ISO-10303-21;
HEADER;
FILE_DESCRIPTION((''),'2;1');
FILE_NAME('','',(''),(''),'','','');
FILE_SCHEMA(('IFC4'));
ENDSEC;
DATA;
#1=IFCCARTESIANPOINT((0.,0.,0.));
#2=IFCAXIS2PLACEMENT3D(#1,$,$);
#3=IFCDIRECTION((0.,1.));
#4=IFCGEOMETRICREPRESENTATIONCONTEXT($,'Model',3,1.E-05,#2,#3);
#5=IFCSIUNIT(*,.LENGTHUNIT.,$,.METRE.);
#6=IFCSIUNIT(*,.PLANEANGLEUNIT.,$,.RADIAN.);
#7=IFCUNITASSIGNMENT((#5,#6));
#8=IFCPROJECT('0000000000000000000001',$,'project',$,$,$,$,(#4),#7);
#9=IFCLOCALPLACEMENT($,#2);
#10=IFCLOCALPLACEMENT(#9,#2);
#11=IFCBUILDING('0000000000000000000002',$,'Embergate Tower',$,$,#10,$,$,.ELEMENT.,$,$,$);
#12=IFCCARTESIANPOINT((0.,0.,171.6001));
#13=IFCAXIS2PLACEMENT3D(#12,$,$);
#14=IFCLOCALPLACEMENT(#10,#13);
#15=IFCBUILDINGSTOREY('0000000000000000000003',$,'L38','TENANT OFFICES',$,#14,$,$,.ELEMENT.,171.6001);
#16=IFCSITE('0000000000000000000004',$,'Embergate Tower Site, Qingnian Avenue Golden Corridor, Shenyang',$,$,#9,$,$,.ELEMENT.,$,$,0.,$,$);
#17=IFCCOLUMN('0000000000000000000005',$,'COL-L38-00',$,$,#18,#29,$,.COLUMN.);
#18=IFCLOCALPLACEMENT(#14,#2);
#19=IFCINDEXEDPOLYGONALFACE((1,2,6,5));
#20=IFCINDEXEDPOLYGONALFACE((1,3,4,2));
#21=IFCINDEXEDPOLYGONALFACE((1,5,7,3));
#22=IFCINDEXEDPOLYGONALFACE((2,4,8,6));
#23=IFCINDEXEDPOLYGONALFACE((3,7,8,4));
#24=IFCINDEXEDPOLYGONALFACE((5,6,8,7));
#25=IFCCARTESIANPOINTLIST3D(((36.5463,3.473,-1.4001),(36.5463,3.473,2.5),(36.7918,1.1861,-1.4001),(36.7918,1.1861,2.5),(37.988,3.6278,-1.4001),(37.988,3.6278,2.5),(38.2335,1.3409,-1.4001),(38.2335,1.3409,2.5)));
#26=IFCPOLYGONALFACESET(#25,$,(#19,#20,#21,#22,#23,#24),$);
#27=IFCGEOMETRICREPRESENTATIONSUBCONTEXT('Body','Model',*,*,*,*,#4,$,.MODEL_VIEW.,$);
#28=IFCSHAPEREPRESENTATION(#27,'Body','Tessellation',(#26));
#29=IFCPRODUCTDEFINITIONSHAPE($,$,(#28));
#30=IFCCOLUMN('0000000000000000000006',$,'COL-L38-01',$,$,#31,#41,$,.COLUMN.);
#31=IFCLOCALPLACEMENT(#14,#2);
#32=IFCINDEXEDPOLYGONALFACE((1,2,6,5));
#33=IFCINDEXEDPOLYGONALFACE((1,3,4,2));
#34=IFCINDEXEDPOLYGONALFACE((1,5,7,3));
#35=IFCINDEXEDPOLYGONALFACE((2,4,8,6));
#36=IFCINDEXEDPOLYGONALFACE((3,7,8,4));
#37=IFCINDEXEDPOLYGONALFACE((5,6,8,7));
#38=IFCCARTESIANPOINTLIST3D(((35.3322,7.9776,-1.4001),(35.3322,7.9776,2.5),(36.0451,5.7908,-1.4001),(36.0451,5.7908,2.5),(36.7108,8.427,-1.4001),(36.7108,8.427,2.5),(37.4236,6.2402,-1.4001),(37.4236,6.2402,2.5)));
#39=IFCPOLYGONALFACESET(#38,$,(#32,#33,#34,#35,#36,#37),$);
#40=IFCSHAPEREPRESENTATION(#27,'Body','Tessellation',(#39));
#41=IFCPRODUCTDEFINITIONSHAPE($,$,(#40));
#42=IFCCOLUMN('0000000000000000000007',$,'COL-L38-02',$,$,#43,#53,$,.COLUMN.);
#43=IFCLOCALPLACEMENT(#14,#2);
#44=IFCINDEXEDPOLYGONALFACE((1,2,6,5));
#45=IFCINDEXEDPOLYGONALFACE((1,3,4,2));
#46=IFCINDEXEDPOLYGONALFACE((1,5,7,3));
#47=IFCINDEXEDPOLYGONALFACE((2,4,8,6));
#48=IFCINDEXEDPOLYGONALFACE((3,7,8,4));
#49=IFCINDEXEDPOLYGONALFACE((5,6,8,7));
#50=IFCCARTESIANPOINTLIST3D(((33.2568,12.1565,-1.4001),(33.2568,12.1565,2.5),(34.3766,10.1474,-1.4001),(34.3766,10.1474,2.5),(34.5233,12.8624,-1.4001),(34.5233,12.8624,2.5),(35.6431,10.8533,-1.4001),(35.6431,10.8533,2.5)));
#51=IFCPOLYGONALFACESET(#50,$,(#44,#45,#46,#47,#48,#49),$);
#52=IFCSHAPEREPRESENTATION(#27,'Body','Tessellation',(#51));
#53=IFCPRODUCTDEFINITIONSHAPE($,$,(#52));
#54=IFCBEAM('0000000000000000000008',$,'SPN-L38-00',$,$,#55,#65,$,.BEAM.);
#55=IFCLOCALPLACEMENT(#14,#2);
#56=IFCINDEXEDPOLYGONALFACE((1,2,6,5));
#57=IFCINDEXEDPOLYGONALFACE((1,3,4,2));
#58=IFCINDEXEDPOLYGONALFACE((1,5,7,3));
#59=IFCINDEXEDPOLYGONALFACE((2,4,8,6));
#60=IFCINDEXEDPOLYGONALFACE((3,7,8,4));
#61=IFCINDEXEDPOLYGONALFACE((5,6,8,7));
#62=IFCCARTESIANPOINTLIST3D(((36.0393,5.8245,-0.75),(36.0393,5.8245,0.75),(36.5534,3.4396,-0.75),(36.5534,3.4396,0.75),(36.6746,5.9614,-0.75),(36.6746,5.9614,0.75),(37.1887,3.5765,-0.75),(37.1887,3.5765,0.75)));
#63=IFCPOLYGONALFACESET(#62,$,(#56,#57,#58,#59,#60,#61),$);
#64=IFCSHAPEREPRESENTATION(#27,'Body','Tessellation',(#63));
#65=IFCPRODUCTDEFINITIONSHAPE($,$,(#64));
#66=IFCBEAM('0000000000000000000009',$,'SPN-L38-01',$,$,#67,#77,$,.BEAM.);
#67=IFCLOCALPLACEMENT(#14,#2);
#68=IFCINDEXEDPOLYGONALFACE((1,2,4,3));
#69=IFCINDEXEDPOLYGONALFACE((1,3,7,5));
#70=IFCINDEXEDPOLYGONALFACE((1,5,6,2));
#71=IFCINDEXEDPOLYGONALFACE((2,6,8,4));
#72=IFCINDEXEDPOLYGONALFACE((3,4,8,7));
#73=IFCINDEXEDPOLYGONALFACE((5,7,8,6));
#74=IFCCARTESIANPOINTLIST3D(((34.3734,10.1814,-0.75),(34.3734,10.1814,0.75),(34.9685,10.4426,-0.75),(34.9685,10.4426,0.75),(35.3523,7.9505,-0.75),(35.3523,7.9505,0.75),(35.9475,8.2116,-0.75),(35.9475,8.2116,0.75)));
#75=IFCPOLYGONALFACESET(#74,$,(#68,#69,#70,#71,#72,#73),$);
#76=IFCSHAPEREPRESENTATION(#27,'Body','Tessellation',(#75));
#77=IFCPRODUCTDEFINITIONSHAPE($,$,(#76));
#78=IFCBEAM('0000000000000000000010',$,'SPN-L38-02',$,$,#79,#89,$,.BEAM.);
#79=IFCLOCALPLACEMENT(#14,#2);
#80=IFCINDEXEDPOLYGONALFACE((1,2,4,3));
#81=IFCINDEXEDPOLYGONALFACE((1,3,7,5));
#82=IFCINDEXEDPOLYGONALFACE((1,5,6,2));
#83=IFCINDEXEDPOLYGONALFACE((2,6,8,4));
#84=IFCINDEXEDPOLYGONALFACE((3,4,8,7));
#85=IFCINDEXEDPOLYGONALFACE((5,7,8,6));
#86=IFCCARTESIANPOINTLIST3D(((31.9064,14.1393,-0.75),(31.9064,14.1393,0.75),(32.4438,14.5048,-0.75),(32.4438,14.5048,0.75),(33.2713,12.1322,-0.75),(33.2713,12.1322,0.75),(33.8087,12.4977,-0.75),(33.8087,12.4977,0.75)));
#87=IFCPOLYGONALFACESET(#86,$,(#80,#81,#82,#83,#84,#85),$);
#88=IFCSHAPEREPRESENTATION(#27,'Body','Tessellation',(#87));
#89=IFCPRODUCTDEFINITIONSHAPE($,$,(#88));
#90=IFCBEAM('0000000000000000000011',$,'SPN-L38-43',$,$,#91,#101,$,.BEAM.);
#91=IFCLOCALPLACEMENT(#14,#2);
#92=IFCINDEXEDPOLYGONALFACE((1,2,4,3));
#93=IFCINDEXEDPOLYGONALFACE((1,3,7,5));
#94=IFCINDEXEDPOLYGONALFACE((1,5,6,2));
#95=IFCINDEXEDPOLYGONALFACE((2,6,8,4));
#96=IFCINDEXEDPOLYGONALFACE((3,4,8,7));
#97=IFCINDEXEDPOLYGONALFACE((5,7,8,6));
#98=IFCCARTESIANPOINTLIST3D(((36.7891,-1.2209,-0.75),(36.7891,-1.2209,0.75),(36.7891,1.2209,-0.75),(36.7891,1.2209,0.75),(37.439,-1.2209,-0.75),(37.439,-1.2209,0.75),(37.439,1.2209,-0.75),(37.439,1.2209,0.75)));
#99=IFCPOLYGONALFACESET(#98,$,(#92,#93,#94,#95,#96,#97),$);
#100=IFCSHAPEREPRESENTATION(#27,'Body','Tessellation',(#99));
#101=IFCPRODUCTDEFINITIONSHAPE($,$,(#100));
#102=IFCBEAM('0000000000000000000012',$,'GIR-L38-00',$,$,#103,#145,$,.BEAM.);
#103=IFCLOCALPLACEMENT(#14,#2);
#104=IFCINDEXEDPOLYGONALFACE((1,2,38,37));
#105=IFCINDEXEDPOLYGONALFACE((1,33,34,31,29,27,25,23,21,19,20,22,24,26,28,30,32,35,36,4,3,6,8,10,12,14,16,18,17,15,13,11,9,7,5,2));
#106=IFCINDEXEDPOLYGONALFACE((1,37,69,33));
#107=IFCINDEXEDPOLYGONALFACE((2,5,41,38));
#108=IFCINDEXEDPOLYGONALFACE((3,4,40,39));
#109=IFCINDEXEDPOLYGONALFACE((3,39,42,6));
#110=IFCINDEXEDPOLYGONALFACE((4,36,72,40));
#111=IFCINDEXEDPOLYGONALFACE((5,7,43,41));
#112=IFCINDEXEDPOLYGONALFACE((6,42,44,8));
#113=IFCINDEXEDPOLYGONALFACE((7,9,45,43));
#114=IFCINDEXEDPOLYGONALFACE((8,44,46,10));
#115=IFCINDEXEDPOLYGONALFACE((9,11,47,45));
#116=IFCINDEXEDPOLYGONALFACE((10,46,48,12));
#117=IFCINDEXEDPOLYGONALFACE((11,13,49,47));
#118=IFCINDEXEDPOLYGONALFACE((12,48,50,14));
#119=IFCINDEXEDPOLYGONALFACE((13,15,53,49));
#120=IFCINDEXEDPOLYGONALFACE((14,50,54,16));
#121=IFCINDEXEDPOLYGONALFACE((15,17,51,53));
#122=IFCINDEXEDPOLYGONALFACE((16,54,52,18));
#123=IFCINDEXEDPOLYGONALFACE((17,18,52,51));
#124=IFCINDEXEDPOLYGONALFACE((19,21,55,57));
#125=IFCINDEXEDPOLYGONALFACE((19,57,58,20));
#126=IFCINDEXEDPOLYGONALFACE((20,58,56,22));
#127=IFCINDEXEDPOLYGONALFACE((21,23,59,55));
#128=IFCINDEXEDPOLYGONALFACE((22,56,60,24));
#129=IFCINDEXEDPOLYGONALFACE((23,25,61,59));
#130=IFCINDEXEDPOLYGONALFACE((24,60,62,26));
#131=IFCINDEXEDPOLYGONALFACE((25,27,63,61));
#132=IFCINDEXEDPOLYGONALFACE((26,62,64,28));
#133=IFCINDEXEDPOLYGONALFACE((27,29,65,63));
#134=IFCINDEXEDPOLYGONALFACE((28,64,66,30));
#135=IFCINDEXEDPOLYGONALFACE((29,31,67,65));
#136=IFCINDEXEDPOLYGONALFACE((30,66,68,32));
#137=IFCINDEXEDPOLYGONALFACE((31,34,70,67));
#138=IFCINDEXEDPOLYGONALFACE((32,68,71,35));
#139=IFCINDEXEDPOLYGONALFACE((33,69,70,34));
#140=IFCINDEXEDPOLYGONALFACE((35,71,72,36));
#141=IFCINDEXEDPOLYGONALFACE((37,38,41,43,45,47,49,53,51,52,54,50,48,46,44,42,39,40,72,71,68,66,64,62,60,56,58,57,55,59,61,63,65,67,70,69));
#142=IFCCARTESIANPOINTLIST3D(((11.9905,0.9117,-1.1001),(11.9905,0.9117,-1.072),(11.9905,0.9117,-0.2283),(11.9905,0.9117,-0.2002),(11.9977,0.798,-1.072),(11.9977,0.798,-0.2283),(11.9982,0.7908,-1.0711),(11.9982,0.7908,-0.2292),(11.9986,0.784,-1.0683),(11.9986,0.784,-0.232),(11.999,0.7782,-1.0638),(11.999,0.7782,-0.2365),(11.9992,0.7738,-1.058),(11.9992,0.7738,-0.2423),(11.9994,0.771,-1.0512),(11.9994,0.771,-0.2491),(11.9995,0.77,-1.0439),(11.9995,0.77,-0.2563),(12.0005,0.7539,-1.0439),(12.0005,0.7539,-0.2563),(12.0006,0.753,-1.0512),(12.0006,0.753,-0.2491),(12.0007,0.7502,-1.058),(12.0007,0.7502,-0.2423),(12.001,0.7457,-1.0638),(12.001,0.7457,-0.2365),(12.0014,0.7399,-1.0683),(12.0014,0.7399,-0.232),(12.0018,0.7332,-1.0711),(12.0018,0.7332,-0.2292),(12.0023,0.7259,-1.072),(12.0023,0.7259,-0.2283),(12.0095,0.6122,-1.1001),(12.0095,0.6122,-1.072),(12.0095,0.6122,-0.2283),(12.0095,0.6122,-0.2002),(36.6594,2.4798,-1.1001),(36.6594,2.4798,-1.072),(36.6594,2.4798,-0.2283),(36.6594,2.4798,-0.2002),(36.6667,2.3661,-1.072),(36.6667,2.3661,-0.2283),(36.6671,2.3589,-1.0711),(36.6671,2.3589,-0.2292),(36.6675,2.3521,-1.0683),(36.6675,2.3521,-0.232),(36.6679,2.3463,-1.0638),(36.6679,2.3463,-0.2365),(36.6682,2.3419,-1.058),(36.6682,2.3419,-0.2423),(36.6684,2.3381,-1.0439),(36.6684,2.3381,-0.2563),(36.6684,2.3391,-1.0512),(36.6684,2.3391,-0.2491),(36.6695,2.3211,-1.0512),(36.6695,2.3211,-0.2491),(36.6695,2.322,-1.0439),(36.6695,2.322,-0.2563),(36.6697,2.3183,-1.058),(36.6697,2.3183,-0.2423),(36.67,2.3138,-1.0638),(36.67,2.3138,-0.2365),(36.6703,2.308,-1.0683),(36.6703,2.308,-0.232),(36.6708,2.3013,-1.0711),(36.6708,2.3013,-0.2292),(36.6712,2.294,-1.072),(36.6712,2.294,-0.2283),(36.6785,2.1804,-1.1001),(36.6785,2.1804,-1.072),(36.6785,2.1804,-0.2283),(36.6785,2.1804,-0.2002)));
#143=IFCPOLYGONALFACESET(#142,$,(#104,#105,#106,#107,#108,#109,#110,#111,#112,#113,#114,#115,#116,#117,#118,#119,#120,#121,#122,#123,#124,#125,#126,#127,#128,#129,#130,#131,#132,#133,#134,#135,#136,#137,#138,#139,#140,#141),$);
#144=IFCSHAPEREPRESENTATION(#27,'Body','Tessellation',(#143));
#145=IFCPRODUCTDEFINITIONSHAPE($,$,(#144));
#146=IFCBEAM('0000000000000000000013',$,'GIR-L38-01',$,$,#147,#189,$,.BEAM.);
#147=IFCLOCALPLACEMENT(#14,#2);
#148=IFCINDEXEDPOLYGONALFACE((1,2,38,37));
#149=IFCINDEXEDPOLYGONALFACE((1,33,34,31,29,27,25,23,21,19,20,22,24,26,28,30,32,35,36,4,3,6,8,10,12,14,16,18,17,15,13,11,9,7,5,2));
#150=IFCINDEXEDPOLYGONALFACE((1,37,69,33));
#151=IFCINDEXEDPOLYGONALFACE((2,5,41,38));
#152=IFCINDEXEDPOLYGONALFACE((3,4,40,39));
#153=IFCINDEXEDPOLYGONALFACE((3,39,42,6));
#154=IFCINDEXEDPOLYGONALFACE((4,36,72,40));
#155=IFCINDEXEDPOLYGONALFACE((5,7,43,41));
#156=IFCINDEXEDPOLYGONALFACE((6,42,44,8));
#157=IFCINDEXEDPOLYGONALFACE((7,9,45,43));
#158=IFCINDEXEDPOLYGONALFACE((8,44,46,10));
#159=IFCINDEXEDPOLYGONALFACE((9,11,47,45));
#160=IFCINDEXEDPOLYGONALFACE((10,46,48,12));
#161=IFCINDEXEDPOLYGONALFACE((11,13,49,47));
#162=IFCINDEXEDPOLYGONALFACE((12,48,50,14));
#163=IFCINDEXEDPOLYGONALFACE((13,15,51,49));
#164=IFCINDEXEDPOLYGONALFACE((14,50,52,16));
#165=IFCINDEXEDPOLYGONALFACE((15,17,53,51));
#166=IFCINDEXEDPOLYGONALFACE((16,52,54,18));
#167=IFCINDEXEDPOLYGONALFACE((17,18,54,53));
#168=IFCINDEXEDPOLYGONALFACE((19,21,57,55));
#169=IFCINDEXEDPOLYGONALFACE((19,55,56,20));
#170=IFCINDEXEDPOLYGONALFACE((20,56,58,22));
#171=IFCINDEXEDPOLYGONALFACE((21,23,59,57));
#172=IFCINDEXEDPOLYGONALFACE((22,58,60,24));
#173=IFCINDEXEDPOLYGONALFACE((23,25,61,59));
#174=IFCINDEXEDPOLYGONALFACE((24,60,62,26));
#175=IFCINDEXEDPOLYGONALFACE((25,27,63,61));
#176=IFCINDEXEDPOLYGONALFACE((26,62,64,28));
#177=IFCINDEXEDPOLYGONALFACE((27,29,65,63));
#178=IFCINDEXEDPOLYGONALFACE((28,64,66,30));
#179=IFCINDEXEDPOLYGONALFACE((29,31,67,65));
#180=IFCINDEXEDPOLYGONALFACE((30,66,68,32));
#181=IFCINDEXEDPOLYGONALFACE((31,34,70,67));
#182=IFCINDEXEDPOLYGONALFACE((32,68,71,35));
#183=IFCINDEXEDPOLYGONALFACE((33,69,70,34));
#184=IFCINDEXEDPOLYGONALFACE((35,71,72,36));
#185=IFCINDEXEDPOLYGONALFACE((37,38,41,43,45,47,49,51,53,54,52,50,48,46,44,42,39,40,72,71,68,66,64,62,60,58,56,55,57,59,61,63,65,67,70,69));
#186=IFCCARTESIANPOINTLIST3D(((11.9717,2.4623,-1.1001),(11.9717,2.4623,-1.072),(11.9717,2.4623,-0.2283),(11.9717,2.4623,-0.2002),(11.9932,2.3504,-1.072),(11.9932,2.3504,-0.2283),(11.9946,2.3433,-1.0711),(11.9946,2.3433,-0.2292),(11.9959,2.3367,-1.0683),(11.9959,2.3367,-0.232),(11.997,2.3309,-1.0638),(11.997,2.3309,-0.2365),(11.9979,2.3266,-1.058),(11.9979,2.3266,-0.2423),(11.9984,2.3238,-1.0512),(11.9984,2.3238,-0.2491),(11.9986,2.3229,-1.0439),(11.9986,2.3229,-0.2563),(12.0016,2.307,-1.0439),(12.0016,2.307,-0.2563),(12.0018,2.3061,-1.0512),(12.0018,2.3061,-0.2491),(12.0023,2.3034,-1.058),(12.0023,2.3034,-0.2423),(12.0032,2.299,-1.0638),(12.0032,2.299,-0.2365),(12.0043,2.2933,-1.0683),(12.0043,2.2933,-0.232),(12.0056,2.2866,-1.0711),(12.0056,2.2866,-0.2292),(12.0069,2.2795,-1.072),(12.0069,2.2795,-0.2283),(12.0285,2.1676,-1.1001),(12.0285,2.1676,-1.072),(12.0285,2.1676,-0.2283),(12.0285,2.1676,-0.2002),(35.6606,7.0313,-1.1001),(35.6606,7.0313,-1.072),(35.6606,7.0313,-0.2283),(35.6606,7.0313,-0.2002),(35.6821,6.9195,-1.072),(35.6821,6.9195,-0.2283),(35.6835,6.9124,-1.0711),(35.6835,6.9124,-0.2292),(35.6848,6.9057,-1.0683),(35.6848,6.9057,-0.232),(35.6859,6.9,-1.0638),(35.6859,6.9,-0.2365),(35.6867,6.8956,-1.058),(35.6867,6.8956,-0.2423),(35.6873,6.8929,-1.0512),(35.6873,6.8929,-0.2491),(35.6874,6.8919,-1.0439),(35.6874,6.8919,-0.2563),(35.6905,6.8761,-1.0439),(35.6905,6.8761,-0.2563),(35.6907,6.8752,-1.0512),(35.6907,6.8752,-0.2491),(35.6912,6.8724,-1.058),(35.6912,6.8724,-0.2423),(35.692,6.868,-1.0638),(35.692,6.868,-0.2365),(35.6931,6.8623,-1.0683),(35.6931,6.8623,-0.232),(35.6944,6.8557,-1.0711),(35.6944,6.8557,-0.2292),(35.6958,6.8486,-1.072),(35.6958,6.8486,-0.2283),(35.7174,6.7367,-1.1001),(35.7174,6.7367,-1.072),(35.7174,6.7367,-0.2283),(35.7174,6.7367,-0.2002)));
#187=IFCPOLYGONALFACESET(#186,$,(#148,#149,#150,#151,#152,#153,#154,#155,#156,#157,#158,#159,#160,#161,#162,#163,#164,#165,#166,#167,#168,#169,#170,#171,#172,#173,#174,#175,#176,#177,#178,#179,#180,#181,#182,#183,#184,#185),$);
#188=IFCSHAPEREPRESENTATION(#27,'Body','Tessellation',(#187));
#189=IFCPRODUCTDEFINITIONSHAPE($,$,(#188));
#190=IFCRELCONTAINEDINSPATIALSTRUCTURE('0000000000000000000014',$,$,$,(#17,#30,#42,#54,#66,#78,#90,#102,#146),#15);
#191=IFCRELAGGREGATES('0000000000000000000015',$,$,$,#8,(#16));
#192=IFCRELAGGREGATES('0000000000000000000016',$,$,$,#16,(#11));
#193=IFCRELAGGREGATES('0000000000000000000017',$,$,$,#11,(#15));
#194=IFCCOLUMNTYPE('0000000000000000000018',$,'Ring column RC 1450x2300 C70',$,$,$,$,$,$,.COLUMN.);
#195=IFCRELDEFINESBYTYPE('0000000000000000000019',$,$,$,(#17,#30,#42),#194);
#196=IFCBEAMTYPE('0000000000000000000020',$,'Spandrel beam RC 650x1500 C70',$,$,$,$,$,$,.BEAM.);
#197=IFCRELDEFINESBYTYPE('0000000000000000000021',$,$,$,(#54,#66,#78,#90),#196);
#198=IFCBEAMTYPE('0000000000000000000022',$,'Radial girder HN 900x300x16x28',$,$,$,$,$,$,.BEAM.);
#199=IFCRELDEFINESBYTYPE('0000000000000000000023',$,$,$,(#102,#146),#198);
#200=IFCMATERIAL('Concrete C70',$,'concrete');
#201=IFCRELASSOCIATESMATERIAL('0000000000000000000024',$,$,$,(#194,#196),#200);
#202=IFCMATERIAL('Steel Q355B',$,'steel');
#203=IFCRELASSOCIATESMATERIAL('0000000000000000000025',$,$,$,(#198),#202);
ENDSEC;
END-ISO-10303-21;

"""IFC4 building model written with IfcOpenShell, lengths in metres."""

from ifc_helpers import new_model, si_unit, direction, frame, origin, origin_2d, place, context, subcontext, project, spatial, rectangle, i_section, extrude, source, transform, mapped, material, material_profile, profile_set, type_object, element, save


model = new_model("IFC4")

# Units and contexts
model_context = context("Model", 3, precision=1e-05, world=origin(), true_north=direction((0.0, 1.0)))
body_context = subcontext(model_context, "Body", "Model", "MODEL_VIEW")
ifc_project = project(units=[si_unit("LENGTHUNIT", "METRE"), si_unit("PLANEANGLEUNIT", "RADIAN")], contexts=[model_context])

# Site, building, storey
site_placement = place(None, origin())
site = spatial("IfcSite", under=ifc_project, at=site_placement, Name="Embergate Tower Site, Qingnian Avenue Golden Corridor, Shenyang", CompositionType="ELEMENT", RefElevation=0.0)
building_placement = place(site_placement, origin())
building = spatial("IfcBuilding", under=site, at=building_placement, Name="Embergate Tower", CompositionType="ELEMENT")
storey_placement = place(building_placement, frame((0.0, 0.0, 171.6001)))
storey = spatial("IfcBuildingStorey", under=building, at=storey_placement, Name="L38", Description="TENANT OFFICES", CompositionType="ELEMENT", Elevation=171.6001)

# Columns
ifc_material_1 = material(Name="Concrete C70", Category="concrete")
ifc_material_profile_1 = material_profile(ifc_material_1, rectangle(XDim=1.45, YDim=2.3, at=origin_2d()), Name="RC 1450x2300")
ifc_profile_set_1 = profile_set([ifc_material_profile_1], Name="Concrete C70")
column_type = type_object("IfcColumnType", Name="Ring column RC 1450x2300 C70", PredefinedType="COLUMN", material=ifc_profile_set_1)
shared_shape_1 = source(origin(), body_context, "Body", "SweptSolid", [
    extrude(rectangle(XDim=1.45, YDim=2.3, at=origin_2d()), origin(), (0.0, 0.0, 1.0), 3.9001),
])
for number, where, z_axis, x_axis, name in (
    (1, (37.3899, 2.407, -1.4001), (0.0, 0.0, 1.0), (0.994286, 0.10675, 0.0), "COL-L38-00"),
    (2, (36.3779, 7.1089, -1.4001), (0.0, 0.0, 1.0), (0.950754, 0.309946, 0.0), "COL-L38-01"),
    (3, (34.45, 11.5049, -1.4001), (0.0, 0.0, 1.0), (0.873492, 0.486839, 0.0), "COL-L38-02"),
):
    element("IfcColumn", number, at=place(storey_placement, frame(where, z_axis=z_axis, x_axis=x_axis)), inside=storey, type_object=column_type, Name=name, PredefinedType="COLUMN", context=body_context, shape_type="MappedRepresentation", body=[
        mapped(shared_shape_1, transform((0.0, 0.0, 0.0))),
    ])

# Beams
ifc_material_profile_2 = material_profile(ifc_material_1, rectangle(XDim=0.6499, YDim=1.5, at=origin_2d()), Name="RC 650x1500")
ifc_profile_set_2 = profile_set([ifc_material_profile_2], Name="Concrete C70")
beam_type_1 = type_object("IfcBeamType", Name="Spandrel beam RC 650x1500 C70", PredefinedType="BEAM", material=ifc_profile_set_2)
shared_shape_2 = source(origin(), body_context, "Body", "SweptSolid", [
    extrude(rectangle(XDim=0.6499, YDim=1.5, at=origin_2d()), origin(), (0.0, 0.0, 1.0), 2.4397),
])
beam_1_placement = place(storey_placement, frame((36.8711, 3.5081, 0.0), z_axis=(-0.210739, 0.977542, 0.0), x_axis=(-0.977542, -0.210739, 0.0)))
element("IfcBeam", 4, at=beam_1_placement, inside=storey, type_object=beam_type_1, Name="SPN-L38-00", PredefinedType="BEAM", context=body_context, shape_type="MappedRepresentation", body=[
    mapped(shared_shape_2, transform((0.0, 0.0, 0.0))),
])
shared_shape_3 = source(origin(), body_context, "Body", "SweptSolid", [
    extrude(rectangle(XDim=0.6499, YDim=1.5, at=origin_2d()), origin(), (0.0, 0.0, 1.0), 2.4363),
])
beam_2_placement = place(storey_placement, frame((35.6499, 8.0811, 0.0), z_axis=(-0.401838, 0.915711, 0.0), x_axis=(-0.915711, -0.401838, 0.0)))
element("IfcBeam", 5, at=beam_2_placement, inside=storey, type_object=beam_type_1, Name="SPN-L38-01", PredefinedType="BEAM", context=body_context, shape_type="MappedRepresentation", body=[
    mapped(shared_shape_3, transform((0.0, 0.0, 0.0))),
])
shared_shape_4 = source(origin(), body_context, "Body", "SweptSolid", [
    extrude(rectangle(XDim=0.6499, YDim=1.5, at=origin_2d()), origin(), (0.0, 0.0, 1.0), 2.4272),
])
beam_3_placement = place(storey_placement, frame((33.54, 12.3149, 0.0), z_axis=(-0.56236, 0.826893, 0.0), x_axis=(-0.826893, -0.56236, 0.0)))
element("IfcBeam", 6, at=beam_3_placement, inside=storey, type_object=beam_type_1, Name="SPN-L38-02", PredefinedType="BEAM", context=body_context, shape_type="MappedRepresentation", body=[
    mapped(shared_shape_4, transform((0.0, 0.0, 0.0))),
])
shared_shape_5 = source(origin(), body_context, "Body", "SweptSolid", [
    extrude(rectangle(XDim=0.6499, YDim=1.5, at=origin_2d()), origin(), (0.0, 0.0, 1.0), 2.4419),
])
beam_4_placement = place(storey_placement, frame((37.114, -1.2209, 0.0), z_axis=(0.0, 1.0, 0.0), x_axis=(-1.0, 0.0, 0.0)))
element("IfcBeam", 7, at=beam_4_placement, inside=storey, type_object=beam_type_1, Name="SPN-L38-43", PredefinedType="BEAM", context=body_context, shape_type="MappedRepresentation", body=[
    mapped(shared_shape_5, transform((0.0, 0.0, 0.0))),
])
ifc_material_2 = material(Name="Steel Q355B", Category="steel")
ifc_material_profile_3 = material_profile(ifc_material_2, i_section(OverallWidth=0.3, OverallDepth=0.8999, WebThickness=0.0161, FlangeThickness=0.0281, FilletRadius=0.0281, at=origin_2d()), Name="HN 900x300x16x28")
ifc_profile_set_3 = profile_set([ifc_material_profile_3], Name="Steel Q355 grade B")
beam_type_2 = type_object("IfcBeamType", Name="Radial girder HN 900x300x16x28", PredefinedType="BEAM", material=ifc_profile_set_3)
shared_shape_6 = source(origin(), body_context, "Body", "SweptSolid", [
    extrude(i_section(OverallWidth=0.3, OverallDepth=0.8999, WebThickness=0.0161, FlangeThickness=0.0281, FilletRadius=0.0281, at=origin_2d()), origin(), (0.0, 0.0, 1.0), 24.7188),
])
beam_5_placement = place(storey_placement, frame((36.6689, 2.3301, -0.6501), z_axis=(-0.997986, -0.063438, 0.0), x_axis=(0.063438, -0.997986, 0.0)))
element("IfcBeam", 8, at=beam_5_placement, inside=storey, type_object=beam_type_2, Name="GIR-L38-00", PredefinedType="BEAM", context=body_context, shape_type="MappedRepresentation", body=[
    mapped(shared_shape_6, transform((0.0, 0.0, 0.0))),
])
shared_shape_7 = source(origin(), body_context, "Body", "SweptSolid", [
    extrude(i_section(OverallWidth=0.3, OverallDepth=0.8999, WebThickness=0.0161, FlangeThickness=0.0281, FilletRadius=0.0281, at=origin_2d()), origin(), (0.0, 0.0, 1.0), 24.1255),
])
beam_6_placement = place(storey_placement, frame((35.689, 6.884, -0.6501), z_axis=(-0.981902, -0.189388, 0.0), x_axis=(0.189388, -0.981902, 0.0)))
element("IfcBeam", 9, at=beam_6_placement, inside=storey, type_object=beam_type_2, Name="GIR-L38-01", PredefinedType="BEAM", context=body_context, shape_type="MappedRepresentation", body=[
    mapped(shared_shape_7, transform((0.0, 0.0, 0.0))),
])

save(model, "model.ifc")
